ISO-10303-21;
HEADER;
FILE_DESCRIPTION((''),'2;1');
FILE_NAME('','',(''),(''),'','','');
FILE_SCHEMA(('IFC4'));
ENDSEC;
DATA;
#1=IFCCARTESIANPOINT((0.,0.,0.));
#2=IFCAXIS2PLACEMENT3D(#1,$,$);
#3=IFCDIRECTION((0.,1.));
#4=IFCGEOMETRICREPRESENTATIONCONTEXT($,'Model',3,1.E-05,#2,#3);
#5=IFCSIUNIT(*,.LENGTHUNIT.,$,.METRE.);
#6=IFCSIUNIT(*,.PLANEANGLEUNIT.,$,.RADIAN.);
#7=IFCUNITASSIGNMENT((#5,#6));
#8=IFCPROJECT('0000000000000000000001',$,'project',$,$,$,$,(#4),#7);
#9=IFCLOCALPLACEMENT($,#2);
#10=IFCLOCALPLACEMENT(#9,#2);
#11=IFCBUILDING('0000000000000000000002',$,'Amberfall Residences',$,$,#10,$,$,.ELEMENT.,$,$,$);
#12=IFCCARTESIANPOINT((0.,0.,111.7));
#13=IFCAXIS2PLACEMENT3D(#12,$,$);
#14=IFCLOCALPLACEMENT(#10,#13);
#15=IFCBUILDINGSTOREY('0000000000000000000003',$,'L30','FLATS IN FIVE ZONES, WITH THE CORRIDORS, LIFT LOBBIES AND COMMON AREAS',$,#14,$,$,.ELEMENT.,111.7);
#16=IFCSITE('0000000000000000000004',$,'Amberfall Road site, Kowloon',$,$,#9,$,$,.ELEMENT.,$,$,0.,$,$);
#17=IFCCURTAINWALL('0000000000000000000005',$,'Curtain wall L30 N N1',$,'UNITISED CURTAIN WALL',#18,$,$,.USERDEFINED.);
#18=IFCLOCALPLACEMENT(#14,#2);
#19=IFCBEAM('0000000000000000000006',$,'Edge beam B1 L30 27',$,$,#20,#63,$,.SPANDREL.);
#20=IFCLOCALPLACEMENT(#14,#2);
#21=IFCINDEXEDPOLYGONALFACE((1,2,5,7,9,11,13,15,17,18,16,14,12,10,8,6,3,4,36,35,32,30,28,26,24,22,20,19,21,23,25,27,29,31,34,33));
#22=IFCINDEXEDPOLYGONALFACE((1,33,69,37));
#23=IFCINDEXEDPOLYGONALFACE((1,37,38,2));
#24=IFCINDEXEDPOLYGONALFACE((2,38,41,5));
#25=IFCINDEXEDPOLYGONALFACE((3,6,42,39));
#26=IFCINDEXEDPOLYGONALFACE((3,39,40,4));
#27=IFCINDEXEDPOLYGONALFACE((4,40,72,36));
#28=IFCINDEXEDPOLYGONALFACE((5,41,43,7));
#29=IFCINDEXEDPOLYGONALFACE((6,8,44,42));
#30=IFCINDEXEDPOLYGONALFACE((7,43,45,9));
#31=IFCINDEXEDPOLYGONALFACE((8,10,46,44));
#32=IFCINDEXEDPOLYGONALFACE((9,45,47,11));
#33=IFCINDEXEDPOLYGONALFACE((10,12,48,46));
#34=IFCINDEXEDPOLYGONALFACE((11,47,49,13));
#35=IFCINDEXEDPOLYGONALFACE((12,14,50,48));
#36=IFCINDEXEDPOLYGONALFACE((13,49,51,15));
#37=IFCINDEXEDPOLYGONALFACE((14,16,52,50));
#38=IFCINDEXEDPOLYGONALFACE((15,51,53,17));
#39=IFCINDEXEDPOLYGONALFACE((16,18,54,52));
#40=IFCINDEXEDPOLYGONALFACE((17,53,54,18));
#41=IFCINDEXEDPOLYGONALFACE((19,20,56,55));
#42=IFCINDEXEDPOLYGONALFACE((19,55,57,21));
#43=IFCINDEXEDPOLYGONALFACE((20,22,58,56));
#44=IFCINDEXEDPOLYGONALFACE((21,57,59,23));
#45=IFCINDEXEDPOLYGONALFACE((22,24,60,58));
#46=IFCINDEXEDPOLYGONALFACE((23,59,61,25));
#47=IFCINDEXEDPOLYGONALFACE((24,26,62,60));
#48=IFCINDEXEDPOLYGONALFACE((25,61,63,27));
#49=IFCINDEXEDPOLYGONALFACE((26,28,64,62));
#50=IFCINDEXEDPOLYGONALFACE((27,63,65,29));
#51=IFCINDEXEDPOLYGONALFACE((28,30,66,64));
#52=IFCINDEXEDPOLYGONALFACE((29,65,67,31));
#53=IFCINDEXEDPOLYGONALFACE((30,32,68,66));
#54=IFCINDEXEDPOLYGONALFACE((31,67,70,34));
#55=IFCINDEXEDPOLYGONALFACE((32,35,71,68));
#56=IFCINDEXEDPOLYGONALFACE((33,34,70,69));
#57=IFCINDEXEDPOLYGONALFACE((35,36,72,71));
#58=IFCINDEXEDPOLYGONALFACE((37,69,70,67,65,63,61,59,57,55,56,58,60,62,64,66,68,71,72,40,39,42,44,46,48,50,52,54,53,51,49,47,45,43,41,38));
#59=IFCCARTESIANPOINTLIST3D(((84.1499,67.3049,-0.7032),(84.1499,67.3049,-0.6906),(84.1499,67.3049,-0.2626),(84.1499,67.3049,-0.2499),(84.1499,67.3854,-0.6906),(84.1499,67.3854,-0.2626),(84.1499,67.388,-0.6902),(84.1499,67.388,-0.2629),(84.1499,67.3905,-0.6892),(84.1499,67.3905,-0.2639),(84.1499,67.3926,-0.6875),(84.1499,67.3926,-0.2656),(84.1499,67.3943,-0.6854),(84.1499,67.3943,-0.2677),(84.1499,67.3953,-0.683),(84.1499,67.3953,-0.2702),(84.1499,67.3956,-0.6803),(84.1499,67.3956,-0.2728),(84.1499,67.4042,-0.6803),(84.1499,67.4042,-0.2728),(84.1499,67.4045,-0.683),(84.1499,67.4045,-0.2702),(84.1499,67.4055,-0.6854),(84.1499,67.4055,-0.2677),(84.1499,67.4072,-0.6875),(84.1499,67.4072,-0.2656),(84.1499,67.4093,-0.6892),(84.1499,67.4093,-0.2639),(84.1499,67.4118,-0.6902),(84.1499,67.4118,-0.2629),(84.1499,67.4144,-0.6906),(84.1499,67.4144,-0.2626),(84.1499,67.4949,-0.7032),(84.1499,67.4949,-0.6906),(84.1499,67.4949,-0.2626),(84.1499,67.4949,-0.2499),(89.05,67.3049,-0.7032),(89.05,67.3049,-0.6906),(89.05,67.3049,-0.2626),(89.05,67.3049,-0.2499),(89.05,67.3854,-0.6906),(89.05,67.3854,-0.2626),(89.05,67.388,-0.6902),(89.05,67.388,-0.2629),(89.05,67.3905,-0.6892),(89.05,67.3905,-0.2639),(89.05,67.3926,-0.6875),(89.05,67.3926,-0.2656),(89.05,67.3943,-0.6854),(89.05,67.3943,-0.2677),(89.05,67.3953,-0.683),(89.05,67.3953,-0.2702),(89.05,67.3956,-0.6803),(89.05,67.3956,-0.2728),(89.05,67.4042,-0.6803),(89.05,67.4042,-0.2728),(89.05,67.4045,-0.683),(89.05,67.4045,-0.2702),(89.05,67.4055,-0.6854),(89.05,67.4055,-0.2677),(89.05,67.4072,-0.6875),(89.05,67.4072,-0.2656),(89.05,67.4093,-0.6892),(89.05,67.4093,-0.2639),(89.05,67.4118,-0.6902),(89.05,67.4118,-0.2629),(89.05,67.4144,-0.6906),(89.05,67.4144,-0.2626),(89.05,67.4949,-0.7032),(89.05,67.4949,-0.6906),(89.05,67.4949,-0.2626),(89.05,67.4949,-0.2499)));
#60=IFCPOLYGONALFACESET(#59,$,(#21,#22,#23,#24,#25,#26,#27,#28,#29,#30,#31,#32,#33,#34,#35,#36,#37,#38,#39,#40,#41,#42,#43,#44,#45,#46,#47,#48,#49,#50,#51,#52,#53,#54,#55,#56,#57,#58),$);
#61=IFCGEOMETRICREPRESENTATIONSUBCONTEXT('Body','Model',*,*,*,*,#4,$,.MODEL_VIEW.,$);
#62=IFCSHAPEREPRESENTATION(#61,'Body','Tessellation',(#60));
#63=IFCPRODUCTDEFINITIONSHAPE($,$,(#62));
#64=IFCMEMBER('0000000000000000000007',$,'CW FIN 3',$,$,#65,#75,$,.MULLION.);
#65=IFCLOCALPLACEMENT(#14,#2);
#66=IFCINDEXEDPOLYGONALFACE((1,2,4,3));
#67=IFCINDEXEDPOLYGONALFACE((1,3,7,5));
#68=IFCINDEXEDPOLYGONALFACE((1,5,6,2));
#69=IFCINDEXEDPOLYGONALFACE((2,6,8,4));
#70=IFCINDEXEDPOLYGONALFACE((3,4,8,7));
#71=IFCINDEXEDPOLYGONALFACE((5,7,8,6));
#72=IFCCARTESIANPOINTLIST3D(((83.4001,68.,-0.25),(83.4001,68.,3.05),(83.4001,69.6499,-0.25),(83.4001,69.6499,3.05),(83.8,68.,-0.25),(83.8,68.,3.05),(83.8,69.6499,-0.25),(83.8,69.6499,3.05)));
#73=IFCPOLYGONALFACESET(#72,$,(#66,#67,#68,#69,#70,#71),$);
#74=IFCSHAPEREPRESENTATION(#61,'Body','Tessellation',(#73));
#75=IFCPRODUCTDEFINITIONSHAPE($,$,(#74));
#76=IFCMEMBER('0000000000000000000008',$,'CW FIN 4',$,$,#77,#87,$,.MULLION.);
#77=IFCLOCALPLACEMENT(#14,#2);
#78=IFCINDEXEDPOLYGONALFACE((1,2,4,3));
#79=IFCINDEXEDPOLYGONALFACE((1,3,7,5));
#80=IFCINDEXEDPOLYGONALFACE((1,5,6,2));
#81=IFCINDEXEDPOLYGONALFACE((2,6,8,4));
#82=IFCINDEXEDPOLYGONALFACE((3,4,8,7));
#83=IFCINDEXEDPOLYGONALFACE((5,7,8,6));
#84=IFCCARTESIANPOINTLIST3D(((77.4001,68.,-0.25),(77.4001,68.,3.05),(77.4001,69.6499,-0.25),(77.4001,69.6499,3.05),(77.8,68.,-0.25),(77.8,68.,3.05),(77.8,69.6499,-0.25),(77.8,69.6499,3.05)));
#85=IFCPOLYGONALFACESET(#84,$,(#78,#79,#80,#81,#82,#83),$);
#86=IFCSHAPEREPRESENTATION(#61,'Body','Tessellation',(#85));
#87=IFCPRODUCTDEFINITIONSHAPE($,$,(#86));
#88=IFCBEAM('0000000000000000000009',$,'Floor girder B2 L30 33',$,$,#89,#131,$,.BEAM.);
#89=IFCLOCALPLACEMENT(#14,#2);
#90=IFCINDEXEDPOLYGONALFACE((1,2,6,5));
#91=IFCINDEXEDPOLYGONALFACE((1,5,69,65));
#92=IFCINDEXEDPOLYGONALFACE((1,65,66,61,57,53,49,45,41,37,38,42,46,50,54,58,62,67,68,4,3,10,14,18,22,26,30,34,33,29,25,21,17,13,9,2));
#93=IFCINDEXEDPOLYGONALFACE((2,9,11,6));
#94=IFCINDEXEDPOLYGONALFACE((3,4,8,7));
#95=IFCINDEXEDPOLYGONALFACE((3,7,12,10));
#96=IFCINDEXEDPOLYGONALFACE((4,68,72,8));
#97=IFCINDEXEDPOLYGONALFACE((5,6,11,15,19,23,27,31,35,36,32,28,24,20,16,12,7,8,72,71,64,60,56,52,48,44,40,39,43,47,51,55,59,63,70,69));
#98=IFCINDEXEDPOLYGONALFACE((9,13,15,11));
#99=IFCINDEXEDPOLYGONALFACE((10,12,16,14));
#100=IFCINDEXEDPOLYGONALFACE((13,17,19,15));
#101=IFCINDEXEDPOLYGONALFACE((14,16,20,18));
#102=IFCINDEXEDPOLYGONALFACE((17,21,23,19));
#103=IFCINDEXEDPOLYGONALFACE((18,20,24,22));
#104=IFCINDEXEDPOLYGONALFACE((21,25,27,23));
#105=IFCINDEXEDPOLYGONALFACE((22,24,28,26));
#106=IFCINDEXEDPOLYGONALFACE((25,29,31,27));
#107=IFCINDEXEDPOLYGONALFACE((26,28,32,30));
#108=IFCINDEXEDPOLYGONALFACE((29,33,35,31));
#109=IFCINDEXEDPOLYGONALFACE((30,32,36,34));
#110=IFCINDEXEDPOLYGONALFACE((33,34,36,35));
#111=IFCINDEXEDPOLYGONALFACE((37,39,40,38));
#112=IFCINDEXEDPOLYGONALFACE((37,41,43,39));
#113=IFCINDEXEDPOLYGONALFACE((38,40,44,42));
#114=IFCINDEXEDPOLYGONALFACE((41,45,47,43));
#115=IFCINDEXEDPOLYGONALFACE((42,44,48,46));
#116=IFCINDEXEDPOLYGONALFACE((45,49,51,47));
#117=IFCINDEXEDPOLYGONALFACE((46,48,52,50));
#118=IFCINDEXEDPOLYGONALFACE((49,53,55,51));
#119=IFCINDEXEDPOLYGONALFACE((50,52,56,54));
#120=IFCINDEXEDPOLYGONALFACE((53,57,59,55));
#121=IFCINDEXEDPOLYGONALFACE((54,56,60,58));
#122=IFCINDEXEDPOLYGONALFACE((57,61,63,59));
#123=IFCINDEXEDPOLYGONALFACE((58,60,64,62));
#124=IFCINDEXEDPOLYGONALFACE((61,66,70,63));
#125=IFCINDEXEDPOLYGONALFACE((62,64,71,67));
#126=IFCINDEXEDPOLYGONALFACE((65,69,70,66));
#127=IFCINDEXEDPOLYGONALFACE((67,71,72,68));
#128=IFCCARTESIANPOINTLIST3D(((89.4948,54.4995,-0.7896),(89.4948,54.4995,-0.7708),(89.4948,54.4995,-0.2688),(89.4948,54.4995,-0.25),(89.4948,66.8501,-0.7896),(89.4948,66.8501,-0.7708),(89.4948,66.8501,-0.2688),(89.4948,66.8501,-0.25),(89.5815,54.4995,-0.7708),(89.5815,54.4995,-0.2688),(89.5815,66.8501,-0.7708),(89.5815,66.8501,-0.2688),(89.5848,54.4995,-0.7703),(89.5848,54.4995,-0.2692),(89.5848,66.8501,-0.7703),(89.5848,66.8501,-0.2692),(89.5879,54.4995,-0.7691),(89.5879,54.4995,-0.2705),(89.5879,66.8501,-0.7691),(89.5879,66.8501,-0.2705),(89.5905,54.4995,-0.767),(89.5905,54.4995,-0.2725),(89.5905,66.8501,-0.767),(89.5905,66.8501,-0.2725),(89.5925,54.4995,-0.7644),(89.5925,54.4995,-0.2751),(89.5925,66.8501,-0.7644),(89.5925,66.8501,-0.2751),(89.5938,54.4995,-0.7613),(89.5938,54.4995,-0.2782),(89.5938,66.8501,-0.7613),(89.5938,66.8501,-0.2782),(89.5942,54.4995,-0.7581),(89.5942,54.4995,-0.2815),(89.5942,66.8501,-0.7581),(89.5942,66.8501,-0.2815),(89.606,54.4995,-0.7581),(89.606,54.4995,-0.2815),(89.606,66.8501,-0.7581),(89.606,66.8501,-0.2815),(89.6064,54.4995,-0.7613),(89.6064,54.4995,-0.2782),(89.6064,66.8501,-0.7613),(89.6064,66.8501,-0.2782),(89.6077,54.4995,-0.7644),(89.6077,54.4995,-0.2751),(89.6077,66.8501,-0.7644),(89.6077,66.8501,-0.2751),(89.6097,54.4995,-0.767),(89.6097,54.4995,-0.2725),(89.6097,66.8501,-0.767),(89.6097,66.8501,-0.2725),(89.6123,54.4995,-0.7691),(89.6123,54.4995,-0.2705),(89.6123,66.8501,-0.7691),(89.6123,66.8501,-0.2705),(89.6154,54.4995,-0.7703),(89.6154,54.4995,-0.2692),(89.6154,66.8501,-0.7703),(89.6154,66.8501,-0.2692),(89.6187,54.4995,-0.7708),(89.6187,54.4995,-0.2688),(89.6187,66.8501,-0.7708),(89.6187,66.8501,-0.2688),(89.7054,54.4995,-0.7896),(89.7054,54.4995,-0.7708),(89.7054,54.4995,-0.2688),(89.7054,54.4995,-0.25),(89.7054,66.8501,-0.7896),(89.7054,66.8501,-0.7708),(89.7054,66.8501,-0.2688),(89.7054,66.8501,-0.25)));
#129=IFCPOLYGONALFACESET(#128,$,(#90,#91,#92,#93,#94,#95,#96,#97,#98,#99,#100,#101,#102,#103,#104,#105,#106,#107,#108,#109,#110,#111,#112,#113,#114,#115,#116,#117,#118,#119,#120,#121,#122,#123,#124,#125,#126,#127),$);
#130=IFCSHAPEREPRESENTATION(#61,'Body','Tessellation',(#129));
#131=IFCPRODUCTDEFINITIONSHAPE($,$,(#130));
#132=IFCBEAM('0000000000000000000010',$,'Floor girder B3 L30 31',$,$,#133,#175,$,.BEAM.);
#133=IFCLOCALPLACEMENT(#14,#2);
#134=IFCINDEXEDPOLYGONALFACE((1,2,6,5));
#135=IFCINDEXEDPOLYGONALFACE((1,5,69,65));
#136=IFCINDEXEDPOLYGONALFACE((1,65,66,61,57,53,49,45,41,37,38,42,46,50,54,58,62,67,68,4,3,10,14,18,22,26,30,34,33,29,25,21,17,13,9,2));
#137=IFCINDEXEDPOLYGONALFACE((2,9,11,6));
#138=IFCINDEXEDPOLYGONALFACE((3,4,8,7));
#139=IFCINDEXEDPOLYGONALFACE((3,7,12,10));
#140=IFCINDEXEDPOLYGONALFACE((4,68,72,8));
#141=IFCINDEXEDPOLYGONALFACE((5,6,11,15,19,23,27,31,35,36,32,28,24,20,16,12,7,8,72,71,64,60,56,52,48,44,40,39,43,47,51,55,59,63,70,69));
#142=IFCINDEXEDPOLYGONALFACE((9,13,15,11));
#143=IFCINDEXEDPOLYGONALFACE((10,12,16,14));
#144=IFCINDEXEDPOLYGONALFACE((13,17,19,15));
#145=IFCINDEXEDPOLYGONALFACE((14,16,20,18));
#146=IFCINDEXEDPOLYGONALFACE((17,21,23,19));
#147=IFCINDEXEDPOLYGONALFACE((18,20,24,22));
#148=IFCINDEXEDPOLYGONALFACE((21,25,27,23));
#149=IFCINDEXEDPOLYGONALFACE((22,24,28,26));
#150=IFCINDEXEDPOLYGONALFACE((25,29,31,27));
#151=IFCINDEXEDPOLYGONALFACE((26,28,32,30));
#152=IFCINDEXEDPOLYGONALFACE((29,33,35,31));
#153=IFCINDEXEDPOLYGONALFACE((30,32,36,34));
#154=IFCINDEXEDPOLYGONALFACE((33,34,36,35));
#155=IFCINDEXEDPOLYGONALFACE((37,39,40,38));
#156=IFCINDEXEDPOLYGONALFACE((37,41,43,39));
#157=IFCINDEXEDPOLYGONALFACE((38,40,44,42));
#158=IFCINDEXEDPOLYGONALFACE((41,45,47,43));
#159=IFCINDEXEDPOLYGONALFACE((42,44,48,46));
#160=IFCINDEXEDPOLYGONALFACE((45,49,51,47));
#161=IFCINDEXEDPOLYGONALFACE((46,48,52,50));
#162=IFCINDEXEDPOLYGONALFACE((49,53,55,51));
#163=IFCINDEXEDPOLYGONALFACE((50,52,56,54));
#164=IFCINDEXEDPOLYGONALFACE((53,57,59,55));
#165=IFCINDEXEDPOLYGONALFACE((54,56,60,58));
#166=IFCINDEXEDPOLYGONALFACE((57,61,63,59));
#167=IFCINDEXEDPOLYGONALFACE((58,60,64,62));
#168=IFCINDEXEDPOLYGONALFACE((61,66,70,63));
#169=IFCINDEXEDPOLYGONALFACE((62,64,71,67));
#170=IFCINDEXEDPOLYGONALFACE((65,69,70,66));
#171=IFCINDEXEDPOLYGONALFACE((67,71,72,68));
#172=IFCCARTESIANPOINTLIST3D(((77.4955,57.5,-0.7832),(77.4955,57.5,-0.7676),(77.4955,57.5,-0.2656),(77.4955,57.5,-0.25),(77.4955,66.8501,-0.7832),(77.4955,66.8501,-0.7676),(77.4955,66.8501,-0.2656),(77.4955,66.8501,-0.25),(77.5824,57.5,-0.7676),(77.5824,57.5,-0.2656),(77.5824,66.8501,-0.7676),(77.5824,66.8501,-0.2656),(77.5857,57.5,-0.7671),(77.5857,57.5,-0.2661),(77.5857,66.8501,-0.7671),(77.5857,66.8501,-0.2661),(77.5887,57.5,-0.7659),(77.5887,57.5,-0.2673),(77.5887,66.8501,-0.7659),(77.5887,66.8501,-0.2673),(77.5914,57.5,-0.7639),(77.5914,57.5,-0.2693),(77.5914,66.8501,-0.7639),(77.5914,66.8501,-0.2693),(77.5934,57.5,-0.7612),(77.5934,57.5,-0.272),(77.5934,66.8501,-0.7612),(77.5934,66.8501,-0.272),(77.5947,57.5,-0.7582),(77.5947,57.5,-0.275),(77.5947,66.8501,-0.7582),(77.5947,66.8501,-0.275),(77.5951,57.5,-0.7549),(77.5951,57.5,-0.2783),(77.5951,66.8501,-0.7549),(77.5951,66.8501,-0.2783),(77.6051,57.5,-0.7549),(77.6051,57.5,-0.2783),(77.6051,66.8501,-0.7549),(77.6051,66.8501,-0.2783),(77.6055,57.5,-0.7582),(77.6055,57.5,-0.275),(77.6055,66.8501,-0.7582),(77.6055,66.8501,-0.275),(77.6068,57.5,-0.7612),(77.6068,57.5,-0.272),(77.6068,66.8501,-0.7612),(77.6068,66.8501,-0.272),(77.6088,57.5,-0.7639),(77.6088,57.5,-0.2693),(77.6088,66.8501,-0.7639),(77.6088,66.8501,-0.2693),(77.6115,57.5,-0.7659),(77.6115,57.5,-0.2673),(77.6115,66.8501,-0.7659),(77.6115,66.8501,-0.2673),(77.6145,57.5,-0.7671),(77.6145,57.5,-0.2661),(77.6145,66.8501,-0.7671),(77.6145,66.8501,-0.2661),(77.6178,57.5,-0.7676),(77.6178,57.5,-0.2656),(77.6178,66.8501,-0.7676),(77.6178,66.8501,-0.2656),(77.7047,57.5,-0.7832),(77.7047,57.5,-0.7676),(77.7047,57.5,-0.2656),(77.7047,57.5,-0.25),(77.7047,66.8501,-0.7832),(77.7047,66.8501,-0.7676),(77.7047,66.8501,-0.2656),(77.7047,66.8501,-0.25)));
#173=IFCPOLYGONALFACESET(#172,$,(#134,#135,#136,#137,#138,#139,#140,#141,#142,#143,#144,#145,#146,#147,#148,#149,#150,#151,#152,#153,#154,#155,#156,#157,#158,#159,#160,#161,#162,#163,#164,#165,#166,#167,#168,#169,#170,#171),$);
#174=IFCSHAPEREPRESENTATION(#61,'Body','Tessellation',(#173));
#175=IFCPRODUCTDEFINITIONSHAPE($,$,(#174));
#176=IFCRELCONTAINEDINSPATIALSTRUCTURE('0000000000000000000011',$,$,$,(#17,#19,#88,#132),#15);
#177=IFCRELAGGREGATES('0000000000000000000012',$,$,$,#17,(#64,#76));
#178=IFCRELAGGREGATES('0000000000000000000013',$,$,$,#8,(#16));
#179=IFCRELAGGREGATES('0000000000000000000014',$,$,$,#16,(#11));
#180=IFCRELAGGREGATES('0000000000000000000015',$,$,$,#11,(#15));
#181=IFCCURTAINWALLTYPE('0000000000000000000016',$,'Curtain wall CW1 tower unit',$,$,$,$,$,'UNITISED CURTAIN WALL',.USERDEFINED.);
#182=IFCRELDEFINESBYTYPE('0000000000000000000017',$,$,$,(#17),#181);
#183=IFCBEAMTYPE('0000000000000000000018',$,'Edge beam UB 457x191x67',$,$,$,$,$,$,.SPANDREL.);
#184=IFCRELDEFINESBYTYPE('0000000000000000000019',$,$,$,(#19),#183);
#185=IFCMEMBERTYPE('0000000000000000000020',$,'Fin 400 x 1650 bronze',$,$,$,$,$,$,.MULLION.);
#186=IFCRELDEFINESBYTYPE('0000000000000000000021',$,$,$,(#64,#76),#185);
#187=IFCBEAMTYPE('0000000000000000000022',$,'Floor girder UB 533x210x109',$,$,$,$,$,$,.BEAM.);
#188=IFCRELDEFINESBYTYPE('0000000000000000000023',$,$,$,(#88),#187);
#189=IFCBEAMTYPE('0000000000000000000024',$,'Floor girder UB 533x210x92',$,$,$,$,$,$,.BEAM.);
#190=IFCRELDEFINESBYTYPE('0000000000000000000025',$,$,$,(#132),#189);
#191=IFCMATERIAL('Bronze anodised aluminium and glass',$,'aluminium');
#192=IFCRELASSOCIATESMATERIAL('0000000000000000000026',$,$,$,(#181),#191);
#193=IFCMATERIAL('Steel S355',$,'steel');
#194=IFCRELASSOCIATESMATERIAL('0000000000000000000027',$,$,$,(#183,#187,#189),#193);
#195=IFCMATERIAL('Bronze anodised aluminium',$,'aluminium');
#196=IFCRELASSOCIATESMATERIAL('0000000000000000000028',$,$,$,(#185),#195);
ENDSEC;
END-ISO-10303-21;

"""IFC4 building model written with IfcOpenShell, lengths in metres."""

from ifc_helpers import new_model, si_unit, direction, frame, origin, origin_2d, place, context, subcontext, project, spatial, rectangle, i_section, extrude, material, material_profile, profile_set, type_object, element, aggregate, save


model = new_model("IFC4")

# Units and contexts
model_context = context("Model", 3, precision=1e-05, world=origin(), true_north=direction((0.0, 1.0)))
body_context = subcontext(model_context, "Body", "Model", "MODEL_VIEW")
ifc_project = project(units=[si_unit("LENGTHUNIT", "METRE"), si_unit("PLANEANGLEUNIT", "RADIAN")], contexts=[model_context])

# Site, building, storey
site_placement = place(None, origin())
site = spatial("IfcSite", under=ifc_project, at=site_placement, Name="Amberfall Road site, Kowloon", CompositionType="ELEMENT", RefElevation=0.0)
building_placement = place(site_placement, origin())
building = spatial("IfcBuilding", under=site, at=building_placement, Name="Amberfall Residences", CompositionType="ELEMENT")
storey_placement = place(building_placement, frame((0.0, 0.0, 111.7)))
storey = spatial("IfcBuildingStorey", under=building, at=storey_placement, Name="L30", Description="FLATS IN FIVE ZONES, WITH THE CORRIDORS, LIFT LOBBIES AND COMMON AREAS", CompositionType="ELEMENT", Elevation=111.7)

# Curtain wall
ifc_material_1 = material(Name="Bronze anodised aluminium and glass", Category="aluminium")
curtain_wall_type = type_object("IfcCurtainWallType", Name="Curtain wall CW1 tower unit", ElementType="UNITISED CURTAIN WALL", PredefinedType="USERDEFINED", material=ifc_material_1)
curtain_wall_placement = place(storey_placement, origin())
curtain_wall = element("IfcCurtainWall", 1, at=curtain_wall_placement, inside=storey, type_object=curtain_wall_type, Name="Curtain wall L30 N N1", ObjectType="UNITISED CURTAIN WALL", PredefinedType="USERDEFINED")
ifc_material_2 = material(Name="Bronze anodised aluminium", Category="aluminium")

# Beam
ifc_material_3 = material(Name="Steel S355", Category="steel")
ifc_material_profile_1 = material_profile(ifc_material_3, i_section(OverallWidth=0.1899, OverallDepth=0.4534, WebThickness=0.0085, FlangeThickness=0.0127, FilletRadius=0.0103, at=origin_2d()), Name="UB 457x191x67")
ifc_profile_set_1 = profile_set([ifc_material_profile_1], Name="Steel S355")
beam_type_1 = type_object("IfcBeamType", Name="Edge beam UB 457x191x67", PredefinedType="SPANDREL", material=ifc_profile_set_1)
for number, where, z_axis, x_axis, name in (
    (2, (84.1499, 67.3999, -0.4766), (1.0, 0.0, 0.0), (0.0, 1.0, 0.0), "Edge beam B1 L30 27"),
):
    element("IfcBeam", number, at=place(storey_placement, frame(where, z_axis=z_axis, x_axis=x_axis)), inside=storey, type_object=beam_type_1, Name=name, PredefinedType="SPANDREL", context=body_context, shape_type="SweptSolid", body=[
        extrude(i_section(OverallWidth=0.1899, OverallDepth=0.4534, WebThickness=0.0085, FlangeThickness=0.0127, FilletRadius=0.0103, at=origin_2d()), origin(), (0.0, 0.0, 1.0), 4.9001),
    ])

# Members
ifc_material_profile_2 = material_profile(ifc_material_2, rectangle(XDim=1.6499, YDim=0.3999, at=origin_2d()), Name="Fin 400 x 1650 bronze")
ifc_profile_set_2 = profile_set([ifc_material_profile_2], Name="Bronze anodised aluminium")
member_type_1 = type_object("IfcMemberType", Name="Fin 400 x 1650 bronze", PredefinedType="MULLION", material=ifc_profile_set_2)
member_1_placement = place(storey_placement, frame((83.6001, 68.825, -0.25), z_axis=(0.0, 0.0, 1.0), x_axis=(0.0, -1.0, 0.0)))
member_1 = element("IfcMember", 3, at=member_1_placement, type_object=member_type_1, Name="CW FIN 3", PredefinedType="MULLION", context=body_context, shape_type="SweptSolid", body=[
    extrude(rectangle(XDim=1.6499, YDim=0.3999, at=origin_2d()), origin(), (0.0, 0.0, 1.0), 3.3),
])
member_2_placement = place(storey_placement, frame((77.6001, 68.825, -0.25), z_axis=(0.0, 0.0, 1.0), x_axis=(0.0, -1.0, 0.0)))
member_2 = element("IfcMember", 4, at=member_2_placement, type_object=member_type_1, Name="CW FIN 4", PredefinedType="MULLION", context=body_context, shape_type="SweptSolid", body=[
    extrude(rectangle(XDim=1.6499, YDim=0.3999, at=origin_2d()), origin(), (0.0, 0.0, 1.0), 3.3),
])

# Beams
ifc_material_profile_3 = material_profile(ifc_material_3, i_section(OverallWidth=0.2107, OverallDepth=0.5396, WebThickness=0.0117, FlangeThickness=0.0188, FilletRadius=0.0127, at=origin_2d()), Name="UB 533x210x109")
ifc_profile_set_3 = profile_set([ifc_material_profile_3], Name="Steel S355")
beam_type_2 = type_object("IfcBeamType", Name="Floor girder UB 533x210x109", PredefinedType="BEAM", material=ifc_profile_set_3)
beam_placement = place(storey_placement, frame((89.6001, 66.8501, -0.5198), z_axis=(0.0, -1.0, 0.0), x_axis=(1.0, 0.0, 0.0)))
element("IfcBeam", 5, at=beam_placement, inside=storey, type_object=beam_type_2, Name="Floor girder B2 L30 33", PredefinedType="BEAM", context=body_context, shape_type="SweptSolid", body=[
    extrude(i_section(OverallWidth=0.2107, OverallDepth=0.5396, WebThickness=0.0117, FlangeThickness=0.0188, FilletRadius=0.0127, at=origin_2d()), origin(), (0.0, 0.0, 1.0), 12.3506),
])
ifc_material_profile_4 = material_profile(ifc_material_3, i_section(OverallWidth=0.2092, OverallDepth=0.5332, WebThickness=0.01, FlangeThickness=0.0156, FilletRadius=0.0127, at=origin_2d()), Name="UB 533x210x92")
ifc_profile_set_4 = profile_set([ifc_material_profile_4], Name="Steel S355")
beam_type_3 = type_object("IfcBeamType", Name="Floor girder UB 533x210x92", PredefinedType="BEAM", material=ifc_profile_set_4)
for number, where, z_axis, x_axis, name in (
    (6, (77.6001, 66.8501, -0.5166), (0.0, -1.0, 0.0), (1.0, 0.0, 0.0), "Floor girder B3 L30 31"),
):
    element("IfcBeam", number, at=place(storey_placement, frame(where, z_axis=z_axis, x_axis=x_axis)), inside=storey, type_object=beam_type_3, Name=name, PredefinedType="BEAM", context=body_context, shape_type="SweptSolid", body=[
        extrude(i_section(OverallWidth=0.2092, OverallDepth=0.5332, WebThickness=0.01, FlangeThickness=0.0156, FilletRadius=0.0127, at=origin_2d()), origin(), (0.0, 0.0, 1.0), 9.3501),
    ])

aggregate(curtain_wall, [member_1, member_2])

save(model, "model.ifc")
